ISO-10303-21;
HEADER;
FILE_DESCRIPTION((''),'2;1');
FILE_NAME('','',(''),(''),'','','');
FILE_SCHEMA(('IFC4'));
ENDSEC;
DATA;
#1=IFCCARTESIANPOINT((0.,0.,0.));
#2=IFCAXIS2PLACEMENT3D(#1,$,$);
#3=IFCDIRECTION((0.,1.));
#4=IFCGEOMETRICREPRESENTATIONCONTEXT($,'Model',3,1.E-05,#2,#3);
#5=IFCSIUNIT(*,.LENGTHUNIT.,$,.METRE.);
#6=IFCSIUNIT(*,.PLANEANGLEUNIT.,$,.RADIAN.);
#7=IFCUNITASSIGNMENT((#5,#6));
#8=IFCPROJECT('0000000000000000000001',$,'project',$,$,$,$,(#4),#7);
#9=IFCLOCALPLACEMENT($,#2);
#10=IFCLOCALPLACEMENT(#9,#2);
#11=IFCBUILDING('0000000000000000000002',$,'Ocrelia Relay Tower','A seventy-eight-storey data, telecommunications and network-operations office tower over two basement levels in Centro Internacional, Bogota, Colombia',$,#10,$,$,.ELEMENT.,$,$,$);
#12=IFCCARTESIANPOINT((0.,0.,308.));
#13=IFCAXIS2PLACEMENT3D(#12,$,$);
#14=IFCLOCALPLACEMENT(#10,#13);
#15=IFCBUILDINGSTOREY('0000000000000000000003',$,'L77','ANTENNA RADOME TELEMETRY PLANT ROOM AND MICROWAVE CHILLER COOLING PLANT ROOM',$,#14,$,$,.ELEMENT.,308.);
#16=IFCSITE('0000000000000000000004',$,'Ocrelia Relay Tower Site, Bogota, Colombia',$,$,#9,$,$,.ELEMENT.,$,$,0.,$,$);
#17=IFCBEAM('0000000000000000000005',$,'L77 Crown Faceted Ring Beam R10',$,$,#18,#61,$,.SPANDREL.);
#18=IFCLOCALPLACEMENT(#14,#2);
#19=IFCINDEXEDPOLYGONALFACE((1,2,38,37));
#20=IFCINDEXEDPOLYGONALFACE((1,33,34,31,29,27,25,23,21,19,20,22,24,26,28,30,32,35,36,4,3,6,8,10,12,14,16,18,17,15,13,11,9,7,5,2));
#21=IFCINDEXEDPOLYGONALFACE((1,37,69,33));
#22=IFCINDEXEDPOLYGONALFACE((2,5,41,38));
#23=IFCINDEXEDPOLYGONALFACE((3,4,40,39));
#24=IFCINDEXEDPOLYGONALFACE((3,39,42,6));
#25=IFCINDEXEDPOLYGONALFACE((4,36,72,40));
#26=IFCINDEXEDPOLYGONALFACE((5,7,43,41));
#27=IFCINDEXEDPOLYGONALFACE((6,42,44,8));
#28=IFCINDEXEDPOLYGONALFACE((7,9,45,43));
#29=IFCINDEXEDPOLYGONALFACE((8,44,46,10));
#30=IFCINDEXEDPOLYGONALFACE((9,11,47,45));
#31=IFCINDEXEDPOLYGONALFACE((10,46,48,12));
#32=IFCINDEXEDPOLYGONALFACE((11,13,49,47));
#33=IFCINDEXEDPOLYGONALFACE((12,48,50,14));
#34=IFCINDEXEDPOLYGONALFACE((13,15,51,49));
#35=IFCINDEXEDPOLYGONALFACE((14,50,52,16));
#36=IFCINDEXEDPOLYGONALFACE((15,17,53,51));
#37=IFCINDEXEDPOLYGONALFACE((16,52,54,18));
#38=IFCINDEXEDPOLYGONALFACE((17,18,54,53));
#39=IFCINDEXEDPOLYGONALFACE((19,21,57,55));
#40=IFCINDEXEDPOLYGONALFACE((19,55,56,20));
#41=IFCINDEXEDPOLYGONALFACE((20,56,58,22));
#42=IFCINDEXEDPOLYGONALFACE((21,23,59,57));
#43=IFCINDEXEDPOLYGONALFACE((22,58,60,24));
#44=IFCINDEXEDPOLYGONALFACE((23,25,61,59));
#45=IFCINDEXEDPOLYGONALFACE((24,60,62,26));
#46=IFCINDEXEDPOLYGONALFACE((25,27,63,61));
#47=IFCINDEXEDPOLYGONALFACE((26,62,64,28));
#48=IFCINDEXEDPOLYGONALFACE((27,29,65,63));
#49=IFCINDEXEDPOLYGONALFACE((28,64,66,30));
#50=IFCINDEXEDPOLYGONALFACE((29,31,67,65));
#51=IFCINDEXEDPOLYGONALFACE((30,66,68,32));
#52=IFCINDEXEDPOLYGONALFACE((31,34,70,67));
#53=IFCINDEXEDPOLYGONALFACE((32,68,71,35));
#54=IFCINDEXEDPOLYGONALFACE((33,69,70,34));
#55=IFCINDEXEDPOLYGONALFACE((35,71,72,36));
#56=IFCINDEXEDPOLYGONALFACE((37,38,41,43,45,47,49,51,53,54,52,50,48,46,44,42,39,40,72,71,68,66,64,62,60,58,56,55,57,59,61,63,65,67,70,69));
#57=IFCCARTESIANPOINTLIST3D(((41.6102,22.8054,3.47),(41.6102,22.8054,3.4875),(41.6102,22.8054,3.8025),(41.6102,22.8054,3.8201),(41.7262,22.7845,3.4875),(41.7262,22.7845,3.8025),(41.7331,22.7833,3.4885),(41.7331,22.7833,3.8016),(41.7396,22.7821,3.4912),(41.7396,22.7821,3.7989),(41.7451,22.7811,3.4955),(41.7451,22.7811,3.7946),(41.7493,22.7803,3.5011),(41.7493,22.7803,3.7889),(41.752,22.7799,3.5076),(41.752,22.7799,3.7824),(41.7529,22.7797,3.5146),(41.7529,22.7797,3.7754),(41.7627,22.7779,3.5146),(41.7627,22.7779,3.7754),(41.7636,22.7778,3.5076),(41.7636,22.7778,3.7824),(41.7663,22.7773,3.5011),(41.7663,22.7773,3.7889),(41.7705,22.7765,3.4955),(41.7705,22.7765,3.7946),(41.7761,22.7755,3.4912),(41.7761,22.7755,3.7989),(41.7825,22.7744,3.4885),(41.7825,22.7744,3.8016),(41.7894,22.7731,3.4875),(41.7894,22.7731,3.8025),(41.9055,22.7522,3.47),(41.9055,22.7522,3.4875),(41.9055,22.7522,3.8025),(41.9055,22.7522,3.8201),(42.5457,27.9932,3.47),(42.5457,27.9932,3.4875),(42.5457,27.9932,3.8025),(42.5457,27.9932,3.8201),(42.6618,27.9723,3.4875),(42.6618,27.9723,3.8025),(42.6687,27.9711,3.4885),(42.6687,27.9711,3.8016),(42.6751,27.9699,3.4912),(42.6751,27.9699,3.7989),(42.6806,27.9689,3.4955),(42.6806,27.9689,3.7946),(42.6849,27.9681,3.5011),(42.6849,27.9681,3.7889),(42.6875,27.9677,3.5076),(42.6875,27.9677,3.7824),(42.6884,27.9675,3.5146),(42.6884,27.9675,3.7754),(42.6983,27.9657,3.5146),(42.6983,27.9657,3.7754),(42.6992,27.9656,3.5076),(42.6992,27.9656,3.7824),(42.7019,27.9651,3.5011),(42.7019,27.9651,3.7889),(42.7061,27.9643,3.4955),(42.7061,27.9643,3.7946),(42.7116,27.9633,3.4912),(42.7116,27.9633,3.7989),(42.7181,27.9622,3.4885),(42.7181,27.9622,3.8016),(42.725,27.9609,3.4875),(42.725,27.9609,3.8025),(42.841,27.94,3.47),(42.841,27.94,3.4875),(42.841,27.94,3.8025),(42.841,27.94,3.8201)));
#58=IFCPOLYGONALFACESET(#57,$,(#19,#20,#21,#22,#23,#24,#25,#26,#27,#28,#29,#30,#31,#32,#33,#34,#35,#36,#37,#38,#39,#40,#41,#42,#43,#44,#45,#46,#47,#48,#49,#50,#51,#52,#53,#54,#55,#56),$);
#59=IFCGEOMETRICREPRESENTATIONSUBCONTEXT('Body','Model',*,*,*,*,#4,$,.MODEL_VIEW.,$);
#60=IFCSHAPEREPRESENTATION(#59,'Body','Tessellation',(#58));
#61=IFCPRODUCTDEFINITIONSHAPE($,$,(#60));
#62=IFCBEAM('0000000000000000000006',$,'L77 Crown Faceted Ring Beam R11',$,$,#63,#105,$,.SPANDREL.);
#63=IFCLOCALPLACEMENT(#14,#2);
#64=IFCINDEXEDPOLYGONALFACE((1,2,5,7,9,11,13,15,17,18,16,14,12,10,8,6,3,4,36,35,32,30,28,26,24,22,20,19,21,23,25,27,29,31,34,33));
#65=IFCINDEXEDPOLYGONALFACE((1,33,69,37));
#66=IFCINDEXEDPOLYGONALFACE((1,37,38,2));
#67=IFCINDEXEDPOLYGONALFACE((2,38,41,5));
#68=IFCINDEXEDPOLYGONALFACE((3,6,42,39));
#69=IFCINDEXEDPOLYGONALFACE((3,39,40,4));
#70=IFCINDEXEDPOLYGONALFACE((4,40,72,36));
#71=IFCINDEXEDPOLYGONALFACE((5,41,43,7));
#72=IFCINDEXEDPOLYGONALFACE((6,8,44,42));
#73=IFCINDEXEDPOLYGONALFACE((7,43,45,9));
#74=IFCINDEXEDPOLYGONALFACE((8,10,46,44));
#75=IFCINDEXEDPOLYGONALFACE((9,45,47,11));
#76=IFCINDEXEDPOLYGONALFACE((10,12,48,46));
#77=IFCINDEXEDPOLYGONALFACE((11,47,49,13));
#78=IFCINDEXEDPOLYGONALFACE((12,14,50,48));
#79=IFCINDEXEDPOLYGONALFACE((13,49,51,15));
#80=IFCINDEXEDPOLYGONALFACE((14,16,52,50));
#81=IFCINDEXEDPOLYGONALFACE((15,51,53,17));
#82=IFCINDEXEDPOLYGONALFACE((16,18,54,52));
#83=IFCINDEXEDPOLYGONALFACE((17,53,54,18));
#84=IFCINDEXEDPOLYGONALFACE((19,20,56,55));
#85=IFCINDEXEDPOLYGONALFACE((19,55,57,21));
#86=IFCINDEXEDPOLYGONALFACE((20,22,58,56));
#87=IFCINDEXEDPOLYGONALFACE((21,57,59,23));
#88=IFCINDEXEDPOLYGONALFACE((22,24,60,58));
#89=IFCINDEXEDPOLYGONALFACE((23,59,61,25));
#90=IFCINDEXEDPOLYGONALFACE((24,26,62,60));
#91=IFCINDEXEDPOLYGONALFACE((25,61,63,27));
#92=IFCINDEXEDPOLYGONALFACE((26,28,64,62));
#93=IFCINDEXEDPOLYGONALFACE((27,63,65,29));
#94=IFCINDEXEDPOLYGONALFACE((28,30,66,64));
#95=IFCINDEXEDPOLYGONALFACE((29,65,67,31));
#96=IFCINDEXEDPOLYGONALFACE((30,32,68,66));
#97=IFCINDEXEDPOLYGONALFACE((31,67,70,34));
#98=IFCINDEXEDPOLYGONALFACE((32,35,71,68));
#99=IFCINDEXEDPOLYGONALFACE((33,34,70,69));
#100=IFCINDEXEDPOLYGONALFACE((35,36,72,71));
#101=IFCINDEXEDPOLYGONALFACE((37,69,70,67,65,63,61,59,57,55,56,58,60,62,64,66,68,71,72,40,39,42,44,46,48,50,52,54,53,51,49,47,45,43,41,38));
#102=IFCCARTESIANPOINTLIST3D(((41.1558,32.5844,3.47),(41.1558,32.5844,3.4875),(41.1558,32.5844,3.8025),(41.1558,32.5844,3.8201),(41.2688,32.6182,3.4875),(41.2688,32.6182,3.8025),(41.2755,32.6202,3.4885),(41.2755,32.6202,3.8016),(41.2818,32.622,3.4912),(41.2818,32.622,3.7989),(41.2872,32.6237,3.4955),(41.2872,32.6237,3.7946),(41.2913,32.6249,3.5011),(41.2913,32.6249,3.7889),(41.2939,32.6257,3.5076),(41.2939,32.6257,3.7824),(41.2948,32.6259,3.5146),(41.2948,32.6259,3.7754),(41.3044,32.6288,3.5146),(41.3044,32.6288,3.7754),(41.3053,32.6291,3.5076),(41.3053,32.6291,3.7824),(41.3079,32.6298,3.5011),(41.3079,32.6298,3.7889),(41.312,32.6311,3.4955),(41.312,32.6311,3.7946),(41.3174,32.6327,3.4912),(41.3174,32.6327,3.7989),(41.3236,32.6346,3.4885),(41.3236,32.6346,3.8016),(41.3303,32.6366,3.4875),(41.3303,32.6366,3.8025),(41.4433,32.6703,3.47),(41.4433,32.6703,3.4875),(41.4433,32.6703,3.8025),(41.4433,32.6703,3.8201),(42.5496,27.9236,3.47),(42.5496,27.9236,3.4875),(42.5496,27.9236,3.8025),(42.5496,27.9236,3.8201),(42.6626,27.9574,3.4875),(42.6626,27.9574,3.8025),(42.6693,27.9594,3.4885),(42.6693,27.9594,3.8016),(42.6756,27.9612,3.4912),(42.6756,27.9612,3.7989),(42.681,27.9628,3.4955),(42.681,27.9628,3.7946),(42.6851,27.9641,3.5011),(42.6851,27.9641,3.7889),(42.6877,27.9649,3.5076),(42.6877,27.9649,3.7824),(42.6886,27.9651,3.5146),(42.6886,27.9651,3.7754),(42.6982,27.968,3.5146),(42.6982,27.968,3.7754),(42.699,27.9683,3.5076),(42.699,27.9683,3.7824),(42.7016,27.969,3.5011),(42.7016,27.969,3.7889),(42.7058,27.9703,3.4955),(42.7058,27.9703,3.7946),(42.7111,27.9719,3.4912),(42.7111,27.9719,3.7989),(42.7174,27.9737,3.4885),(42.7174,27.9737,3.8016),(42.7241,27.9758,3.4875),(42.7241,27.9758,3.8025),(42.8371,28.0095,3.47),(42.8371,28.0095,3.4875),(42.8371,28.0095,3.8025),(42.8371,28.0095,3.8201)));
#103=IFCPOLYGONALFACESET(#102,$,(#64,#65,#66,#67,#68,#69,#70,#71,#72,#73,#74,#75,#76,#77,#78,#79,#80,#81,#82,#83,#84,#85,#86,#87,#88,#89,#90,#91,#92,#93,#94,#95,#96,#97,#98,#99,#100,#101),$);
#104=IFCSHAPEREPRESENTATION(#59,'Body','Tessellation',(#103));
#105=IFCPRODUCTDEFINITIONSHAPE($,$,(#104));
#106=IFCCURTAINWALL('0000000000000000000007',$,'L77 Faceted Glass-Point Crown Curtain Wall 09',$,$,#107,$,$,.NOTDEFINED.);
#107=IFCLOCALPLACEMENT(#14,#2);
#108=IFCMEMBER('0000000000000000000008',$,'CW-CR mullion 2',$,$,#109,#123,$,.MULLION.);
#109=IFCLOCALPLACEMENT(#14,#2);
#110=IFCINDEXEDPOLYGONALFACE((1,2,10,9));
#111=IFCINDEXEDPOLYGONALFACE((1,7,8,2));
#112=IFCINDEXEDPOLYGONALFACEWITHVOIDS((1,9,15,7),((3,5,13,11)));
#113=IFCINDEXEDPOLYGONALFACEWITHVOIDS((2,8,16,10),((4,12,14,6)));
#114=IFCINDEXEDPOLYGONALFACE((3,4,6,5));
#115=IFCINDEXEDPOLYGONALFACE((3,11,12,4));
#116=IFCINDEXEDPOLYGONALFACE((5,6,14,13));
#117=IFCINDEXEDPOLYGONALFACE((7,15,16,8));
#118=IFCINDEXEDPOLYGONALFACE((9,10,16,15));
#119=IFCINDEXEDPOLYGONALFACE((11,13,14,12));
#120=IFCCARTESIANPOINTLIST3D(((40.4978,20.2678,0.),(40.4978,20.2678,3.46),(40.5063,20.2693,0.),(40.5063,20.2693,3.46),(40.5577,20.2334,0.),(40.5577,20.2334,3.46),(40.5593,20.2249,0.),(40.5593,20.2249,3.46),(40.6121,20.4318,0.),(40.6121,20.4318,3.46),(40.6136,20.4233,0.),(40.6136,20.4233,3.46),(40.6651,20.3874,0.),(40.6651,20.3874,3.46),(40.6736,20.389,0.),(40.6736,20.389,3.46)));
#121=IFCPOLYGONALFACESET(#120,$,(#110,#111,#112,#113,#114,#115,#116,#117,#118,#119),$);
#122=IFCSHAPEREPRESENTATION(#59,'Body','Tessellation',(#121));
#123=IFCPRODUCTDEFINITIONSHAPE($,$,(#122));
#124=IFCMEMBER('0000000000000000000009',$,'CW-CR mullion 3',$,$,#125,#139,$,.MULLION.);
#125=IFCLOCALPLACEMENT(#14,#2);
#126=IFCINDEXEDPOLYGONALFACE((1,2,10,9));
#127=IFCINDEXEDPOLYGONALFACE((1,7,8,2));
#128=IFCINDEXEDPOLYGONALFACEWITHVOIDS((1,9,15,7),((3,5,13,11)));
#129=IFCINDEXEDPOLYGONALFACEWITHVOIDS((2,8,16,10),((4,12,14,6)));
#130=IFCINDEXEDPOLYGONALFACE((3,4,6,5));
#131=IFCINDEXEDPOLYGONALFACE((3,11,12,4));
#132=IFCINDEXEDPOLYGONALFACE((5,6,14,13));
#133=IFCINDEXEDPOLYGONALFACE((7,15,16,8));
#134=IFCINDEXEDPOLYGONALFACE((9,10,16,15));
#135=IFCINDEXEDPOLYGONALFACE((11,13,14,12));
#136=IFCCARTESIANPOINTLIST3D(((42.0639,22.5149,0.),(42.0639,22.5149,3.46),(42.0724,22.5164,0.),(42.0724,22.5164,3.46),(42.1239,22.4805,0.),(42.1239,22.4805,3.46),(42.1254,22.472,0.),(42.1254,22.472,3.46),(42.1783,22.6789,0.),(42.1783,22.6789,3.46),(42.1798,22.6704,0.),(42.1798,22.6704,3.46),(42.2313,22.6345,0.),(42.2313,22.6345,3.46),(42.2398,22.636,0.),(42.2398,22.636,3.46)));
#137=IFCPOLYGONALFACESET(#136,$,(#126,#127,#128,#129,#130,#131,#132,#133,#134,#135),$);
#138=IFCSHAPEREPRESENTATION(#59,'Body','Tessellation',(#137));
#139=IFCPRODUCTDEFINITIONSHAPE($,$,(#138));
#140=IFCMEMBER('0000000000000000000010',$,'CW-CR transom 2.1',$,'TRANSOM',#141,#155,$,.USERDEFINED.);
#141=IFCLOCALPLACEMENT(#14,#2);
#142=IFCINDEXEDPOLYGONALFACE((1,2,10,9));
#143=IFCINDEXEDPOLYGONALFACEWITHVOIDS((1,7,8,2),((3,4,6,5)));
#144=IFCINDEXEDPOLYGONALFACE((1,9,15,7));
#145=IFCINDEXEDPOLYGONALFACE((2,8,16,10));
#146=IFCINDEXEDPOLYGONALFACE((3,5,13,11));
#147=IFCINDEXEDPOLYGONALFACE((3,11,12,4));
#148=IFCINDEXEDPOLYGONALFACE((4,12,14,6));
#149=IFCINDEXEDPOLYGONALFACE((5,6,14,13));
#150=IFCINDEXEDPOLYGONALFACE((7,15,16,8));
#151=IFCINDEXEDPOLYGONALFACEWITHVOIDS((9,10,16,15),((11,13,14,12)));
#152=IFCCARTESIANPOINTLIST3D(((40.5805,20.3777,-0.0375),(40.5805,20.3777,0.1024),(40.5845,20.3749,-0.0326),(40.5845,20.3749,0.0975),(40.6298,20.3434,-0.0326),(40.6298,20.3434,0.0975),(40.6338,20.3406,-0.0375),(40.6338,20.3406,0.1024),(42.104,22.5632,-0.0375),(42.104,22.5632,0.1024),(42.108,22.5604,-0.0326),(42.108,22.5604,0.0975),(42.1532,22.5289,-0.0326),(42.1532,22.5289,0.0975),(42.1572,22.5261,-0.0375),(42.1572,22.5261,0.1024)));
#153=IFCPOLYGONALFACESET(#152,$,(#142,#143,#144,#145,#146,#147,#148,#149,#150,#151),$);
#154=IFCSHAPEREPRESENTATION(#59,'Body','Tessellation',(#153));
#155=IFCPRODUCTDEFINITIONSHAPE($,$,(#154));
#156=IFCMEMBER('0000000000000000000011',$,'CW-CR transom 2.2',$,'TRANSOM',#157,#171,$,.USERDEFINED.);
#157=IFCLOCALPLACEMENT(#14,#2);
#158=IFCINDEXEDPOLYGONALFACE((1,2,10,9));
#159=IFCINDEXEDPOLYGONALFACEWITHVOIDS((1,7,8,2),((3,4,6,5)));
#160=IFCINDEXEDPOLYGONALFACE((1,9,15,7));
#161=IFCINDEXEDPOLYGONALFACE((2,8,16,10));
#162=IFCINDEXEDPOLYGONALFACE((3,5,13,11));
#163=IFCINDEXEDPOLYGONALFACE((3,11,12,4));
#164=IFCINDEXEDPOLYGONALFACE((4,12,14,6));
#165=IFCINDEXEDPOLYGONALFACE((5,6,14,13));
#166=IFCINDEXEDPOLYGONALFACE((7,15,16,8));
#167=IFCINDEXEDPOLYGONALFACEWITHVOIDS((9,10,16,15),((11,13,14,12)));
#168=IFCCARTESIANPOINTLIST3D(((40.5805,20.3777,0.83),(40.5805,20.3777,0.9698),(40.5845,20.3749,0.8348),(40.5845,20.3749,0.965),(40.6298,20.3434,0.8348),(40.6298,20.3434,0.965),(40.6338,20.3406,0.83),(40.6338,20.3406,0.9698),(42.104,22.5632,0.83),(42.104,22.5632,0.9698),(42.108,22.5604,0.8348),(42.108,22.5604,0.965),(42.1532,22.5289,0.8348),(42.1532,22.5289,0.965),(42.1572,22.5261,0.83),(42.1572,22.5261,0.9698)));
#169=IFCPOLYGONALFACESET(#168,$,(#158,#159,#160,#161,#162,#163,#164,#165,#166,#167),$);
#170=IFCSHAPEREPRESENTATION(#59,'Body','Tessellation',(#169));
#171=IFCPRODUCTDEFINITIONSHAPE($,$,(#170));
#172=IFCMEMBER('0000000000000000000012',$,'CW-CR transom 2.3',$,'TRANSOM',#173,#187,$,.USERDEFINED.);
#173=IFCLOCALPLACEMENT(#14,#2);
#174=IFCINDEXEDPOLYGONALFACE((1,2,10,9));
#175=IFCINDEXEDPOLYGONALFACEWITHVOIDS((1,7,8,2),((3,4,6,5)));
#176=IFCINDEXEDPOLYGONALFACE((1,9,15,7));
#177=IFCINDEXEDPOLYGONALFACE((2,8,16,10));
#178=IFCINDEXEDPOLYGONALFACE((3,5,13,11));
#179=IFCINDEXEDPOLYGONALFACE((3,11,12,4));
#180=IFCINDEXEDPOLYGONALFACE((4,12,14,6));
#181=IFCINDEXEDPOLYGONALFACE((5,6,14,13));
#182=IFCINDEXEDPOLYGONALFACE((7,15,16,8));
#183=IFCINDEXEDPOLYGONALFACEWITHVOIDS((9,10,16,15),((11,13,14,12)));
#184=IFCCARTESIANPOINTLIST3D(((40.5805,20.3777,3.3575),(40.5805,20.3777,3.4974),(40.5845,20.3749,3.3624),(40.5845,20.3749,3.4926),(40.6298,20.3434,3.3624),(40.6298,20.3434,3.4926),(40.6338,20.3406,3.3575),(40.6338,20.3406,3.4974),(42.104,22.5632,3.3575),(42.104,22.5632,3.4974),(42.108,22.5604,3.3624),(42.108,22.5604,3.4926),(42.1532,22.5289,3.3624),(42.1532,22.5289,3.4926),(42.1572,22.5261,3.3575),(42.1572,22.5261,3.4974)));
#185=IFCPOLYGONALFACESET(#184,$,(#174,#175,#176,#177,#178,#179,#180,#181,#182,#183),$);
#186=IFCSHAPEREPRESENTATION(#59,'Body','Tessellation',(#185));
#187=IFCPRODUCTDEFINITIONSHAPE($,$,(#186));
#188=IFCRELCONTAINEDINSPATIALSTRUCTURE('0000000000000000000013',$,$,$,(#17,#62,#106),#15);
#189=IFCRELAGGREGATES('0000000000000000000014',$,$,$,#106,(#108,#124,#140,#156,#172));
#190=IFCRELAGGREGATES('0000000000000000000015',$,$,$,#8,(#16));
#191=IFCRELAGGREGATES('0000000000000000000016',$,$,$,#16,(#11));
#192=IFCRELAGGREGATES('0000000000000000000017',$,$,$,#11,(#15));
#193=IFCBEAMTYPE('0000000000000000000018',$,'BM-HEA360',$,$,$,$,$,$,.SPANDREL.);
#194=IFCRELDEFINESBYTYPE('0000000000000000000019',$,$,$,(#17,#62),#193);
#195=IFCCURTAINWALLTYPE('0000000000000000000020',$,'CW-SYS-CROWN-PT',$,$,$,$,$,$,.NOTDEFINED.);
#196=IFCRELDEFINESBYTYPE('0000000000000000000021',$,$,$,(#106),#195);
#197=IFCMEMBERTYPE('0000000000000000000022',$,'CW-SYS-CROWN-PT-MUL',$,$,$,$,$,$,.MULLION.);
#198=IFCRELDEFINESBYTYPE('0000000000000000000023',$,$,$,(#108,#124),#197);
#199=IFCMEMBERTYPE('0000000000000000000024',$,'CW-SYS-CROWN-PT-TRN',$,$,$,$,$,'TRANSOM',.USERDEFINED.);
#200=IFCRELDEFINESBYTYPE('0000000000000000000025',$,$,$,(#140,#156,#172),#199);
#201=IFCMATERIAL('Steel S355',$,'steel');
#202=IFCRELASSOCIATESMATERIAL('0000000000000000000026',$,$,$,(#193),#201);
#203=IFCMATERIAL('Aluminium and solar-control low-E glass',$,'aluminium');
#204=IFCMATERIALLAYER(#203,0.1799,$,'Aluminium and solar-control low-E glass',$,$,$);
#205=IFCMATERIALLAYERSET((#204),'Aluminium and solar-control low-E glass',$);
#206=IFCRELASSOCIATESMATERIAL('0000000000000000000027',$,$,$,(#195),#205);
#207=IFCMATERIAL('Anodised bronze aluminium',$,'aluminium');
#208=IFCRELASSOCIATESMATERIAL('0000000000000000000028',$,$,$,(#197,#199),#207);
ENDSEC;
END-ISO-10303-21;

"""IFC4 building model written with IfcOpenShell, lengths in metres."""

from ifc_helpers import new_model, si_unit, direction, frame, origin, origin_2d, place, context, subcontext, project, spatial, hollow_rectangle, i_section, extrude, material, layer, layer_set, material_profile, profile_set, type_object, element, aggregate, save


model = new_model("IFC4")

# Units and contexts
model_context = context("Model", 3, precision=1e-05, world=origin(), true_north=direction((0.0, 1.0)))
body_context = subcontext(model_context, "Body", "Model", "MODEL_VIEW")
ifc_project = project(units=[si_unit("LENGTHUNIT", "METRE"), si_unit("PLANEANGLEUNIT", "RADIAN")], contexts=[model_context])

# Site, building, storey
site_placement = place(None, origin())
site = spatial("IfcSite", under=ifc_project, at=site_placement, Name="Ocrelia Relay Tower Site, Bogota, Colombia", CompositionType="ELEMENT", RefElevation=0.0)
building_placement = place(site_placement, origin())
building = spatial("IfcBuilding", under=site, at=building_placement, Name="Ocrelia Relay Tower", Description="A seventy-eight-storey data, telecommunications and network-operations office tower over two basement levels in Centro Internacional, Bogota, Colombia", CompositionType="ELEMENT")
storey_placement = place(building_placement, frame((0.0, 0.0, 308.0)))
storey = spatial("IfcBuildingStorey", under=building, at=storey_placement, Name="L77", Description="ANTENNA RADOME TELEMETRY PLANT ROOM AND MICROWAVE CHILLER COOLING PLANT ROOM", CompositionType="ELEMENT", Elevation=308.0)

# Beams
ifc_material_1 = material(Name="Steel S355", Category="steel")
ifc_material_profile_1 = material_profile(ifc_material_1, i_section(OverallWidth=0.3, OverallDepth=0.3501, WebThickness=0.01, FlangeThickness=0.0176, FilletRadius=0.0271, at=origin_2d()), Name="HEA 360")
ifc_profile_set_1 = profile_set([ifc_material_profile_1], Name="Steel S355")
beam_type_1 = type_object("IfcBeamType", Name="BM-HEA360", PredefinedType="SPANDREL", material=ifc_profile_set_1)
for number, where, z_axis, x_axis, name in (
    (1, (41.7578, 22.7788, 3.645), (0.177475, 0.984125, 0.0), (-0.984125, 0.177475, 0.0), "L77 Crown Faceted Ring Beam R10"),
):
    element("IfcBeam", number, at=place(storey_placement, frame(where, z_axis=z_axis, x_axis=x_axis)), inside=storey, type_object=beam_type_1, Name=name, PredefinedType="SPANDREL", context=body_context, shape_type="SweptSolid", body=[
        extrude(i_section(OverallWidth=0.3, OverallDepth=0.3501, WebThickness=0.01, FlangeThickness=0.0176, FilletRadius=0.0271, at=origin_2d()), origin(), (0.0, 0.0, 1.0), 5.2715),
    ])
beam_1_placement = place(storey_placement, frame((42.6934, 27.9666, 3.645), z_axis=(-0.286505, 0.958079, 0.0), x_axis=(-0.958079, -0.286505, 0.0)))
element("IfcBeam", 2, at=beam_1_placement, inside=storey, type_object=beam_type_1, Name="L77 Crown Faceted Ring Beam R11", PredefinedType="SPANDREL", context=body_context, shape_type="SweptSolid", body=[
    extrude(i_section(OverallWidth=0.3, OverallDepth=0.3501, WebThickness=0.01, FlangeThickness=0.0176, FilletRadius=0.0271, at=origin_2d()), origin(), (0.0, 0.0, 1.0), 4.8647),
])

# Curtain wall, members
ifc_material_2 = material(Name="Aluminium and solar-control low-E glass", Category="aluminium")
ifc_layer_1 = layer(ifc_material_2, 0.1799, Name="Aluminium and solar-control low-E glass")
ifc_layer_set_1 = layer_set([ifc_layer_1], Name="Aluminium and solar-control low-E glass")
curtain_wall_type = type_object("IfcCurtainWallType", Name="CW-SYS-CROWN-PT", PredefinedType="NOTDEFINED", material=ifc_layer_set_1)
curtain_wall_placement = place(storey_placement, origin())
curtain_wall = element("IfcCurtainWall", 3, at=curtain_wall_placement, inside=storey, type_object=curtain_wall_type, Name="L77 Faceted Glass-Point Crown Curtain Wall 09", PredefinedType="NOTDEFINED")
ifc_material_3 = material(Name="Anodised bronze aluminium", Category="aluminium")
ifc_material_profile_2 = material_profile(ifc_material_3, hollow_rectangle(XDim=0.075, YDim=0.2, WallThickness=0.0061, at=origin_2d()), Name="CW-MUL-200x75")
ifc_profile_set_2 = profile_set([ifc_material_profile_2], Name="Anodised bronze aluminium")
member_type_1 = type_object("IfcMemberType", Name="CW-SYS-CROWN-PT-MUL", PredefinedType="MULLION", material=ifc_profile_set_2)
member_1_placement = place(storey_placement, frame((40.5857, 20.3284, 0.0), z_axis=(0.0, 0.0, 1.0), x_axis=(-0.82036, 0.571848, 0.0)))
member_1 = element("IfcMember", 4, at=member_1_placement, type_object=member_type_1, Name="CW-CR mullion 2", PredefinedType="MULLION", context=body_context, shape_type="SweptSolid", body=[
    extrude(hollow_rectangle(XDim=0.075, YDim=0.2, WallThickness=0.0061, at=origin_2d()), origin(), (0.0, 0.0, 1.0), 3.46),
])
member_2_placement = place(storey_placement, frame((42.1519, 22.5754, 0.0), z_axis=(0.0, 0.0, 1.0), x_axis=(-0.82036, 0.571848, 0.0)))
member_2 = element("IfcMember", 5, at=member_2_placement, type_object=member_type_1, Name="CW-CR mullion 3", PredefinedType="MULLION", context=body_context, shape_type="SweptSolid", body=[
    extrude(hollow_rectangle(XDim=0.075, YDim=0.2, WallThickness=0.0061, at=origin_2d()), origin(), (0.0, 0.0, 1.0), 3.46),
])
ifc_material_profile_3 = material_profile(ifc_material_3, hollow_rectangle(XDim=0.0649, YDim=0.1399, WallThickness=0.0049, at=origin_2d()), Name="CW-TRN-140x65")
ifc_profile_set_3 = profile_set([ifc_material_profile_3], Name="Anodised bronze aluminium")
member_type_2 = type_object("IfcMemberType", Name="CW-SYS-CROWN-PT-TRN", ElementType="TRANSOM", PredefinedType="USERDEFINED", material=ifc_profile_set_3)
member_3_placement = place(storey_placement, frame((40.6072, 20.3591, 0.0325), z_axis=(0.571838, 0.820367, 0.0), x_axis=(-0.820367, 0.571838, 0.0)))
member_3 = element("IfcMember", 6, at=member_3_placement, type_object=member_type_2, Name="CW-CR transom 2.1", ObjectType="TRANSOM", PredefinedType="USERDEFINED", context=body_context, shape_type="SweptSolid", body=[
    extrude(hollow_rectangle(XDim=0.0649, YDim=0.1399, WallThickness=0.0049, at=origin_2d()), origin(), (0.0, 0.0, 1.0), 2.6641),
])
member_4_placement = place(storey_placement, frame((40.6072, 20.3591, 0.8999), z_axis=(0.571838, 0.820367, 0.0), x_axis=(-0.820367, 0.571838, 0.0)))
member_4 = element("IfcMember", 7, at=member_4_placement, type_object=member_type_2, Name="CW-CR transom 2.2", ObjectType="TRANSOM", PredefinedType="USERDEFINED", context=body_context, shape_type="SweptSolid", body=[
    extrude(hollow_rectangle(XDim=0.0649, YDim=0.1399, WallThickness=0.0049, at=origin_2d()), origin(), (0.0, 0.0, 1.0), 2.6641),
])
member_5_placement = place(storey_placement, frame((40.6072, 20.3591, 3.4275), z_axis=(0.571838, 0.820367, 0.0), x_axis=(-0.820367, 0.571838, 0.0)))
member_5 = element("IfcMember", 8, at=member_5_placement, type_object=member_type_2, Name="CW-CR transom 2.3", ObjectType="TRANSOM", PredefinedType="USERDEFINED", context=body_context, shape_type="SweptSolid", body=[
    extrude(hollow_rectangle(XDim=0.0649, YDim=0.1399, WallThickness=0.0049, at=origin_2d()), origin(), (0.0, 0.0, 1.0), 2.6641),
])

aggregate(curtain_wall, [member_1, member_2, member_3, member_4, member_5])

save(model, "model.ifc")
